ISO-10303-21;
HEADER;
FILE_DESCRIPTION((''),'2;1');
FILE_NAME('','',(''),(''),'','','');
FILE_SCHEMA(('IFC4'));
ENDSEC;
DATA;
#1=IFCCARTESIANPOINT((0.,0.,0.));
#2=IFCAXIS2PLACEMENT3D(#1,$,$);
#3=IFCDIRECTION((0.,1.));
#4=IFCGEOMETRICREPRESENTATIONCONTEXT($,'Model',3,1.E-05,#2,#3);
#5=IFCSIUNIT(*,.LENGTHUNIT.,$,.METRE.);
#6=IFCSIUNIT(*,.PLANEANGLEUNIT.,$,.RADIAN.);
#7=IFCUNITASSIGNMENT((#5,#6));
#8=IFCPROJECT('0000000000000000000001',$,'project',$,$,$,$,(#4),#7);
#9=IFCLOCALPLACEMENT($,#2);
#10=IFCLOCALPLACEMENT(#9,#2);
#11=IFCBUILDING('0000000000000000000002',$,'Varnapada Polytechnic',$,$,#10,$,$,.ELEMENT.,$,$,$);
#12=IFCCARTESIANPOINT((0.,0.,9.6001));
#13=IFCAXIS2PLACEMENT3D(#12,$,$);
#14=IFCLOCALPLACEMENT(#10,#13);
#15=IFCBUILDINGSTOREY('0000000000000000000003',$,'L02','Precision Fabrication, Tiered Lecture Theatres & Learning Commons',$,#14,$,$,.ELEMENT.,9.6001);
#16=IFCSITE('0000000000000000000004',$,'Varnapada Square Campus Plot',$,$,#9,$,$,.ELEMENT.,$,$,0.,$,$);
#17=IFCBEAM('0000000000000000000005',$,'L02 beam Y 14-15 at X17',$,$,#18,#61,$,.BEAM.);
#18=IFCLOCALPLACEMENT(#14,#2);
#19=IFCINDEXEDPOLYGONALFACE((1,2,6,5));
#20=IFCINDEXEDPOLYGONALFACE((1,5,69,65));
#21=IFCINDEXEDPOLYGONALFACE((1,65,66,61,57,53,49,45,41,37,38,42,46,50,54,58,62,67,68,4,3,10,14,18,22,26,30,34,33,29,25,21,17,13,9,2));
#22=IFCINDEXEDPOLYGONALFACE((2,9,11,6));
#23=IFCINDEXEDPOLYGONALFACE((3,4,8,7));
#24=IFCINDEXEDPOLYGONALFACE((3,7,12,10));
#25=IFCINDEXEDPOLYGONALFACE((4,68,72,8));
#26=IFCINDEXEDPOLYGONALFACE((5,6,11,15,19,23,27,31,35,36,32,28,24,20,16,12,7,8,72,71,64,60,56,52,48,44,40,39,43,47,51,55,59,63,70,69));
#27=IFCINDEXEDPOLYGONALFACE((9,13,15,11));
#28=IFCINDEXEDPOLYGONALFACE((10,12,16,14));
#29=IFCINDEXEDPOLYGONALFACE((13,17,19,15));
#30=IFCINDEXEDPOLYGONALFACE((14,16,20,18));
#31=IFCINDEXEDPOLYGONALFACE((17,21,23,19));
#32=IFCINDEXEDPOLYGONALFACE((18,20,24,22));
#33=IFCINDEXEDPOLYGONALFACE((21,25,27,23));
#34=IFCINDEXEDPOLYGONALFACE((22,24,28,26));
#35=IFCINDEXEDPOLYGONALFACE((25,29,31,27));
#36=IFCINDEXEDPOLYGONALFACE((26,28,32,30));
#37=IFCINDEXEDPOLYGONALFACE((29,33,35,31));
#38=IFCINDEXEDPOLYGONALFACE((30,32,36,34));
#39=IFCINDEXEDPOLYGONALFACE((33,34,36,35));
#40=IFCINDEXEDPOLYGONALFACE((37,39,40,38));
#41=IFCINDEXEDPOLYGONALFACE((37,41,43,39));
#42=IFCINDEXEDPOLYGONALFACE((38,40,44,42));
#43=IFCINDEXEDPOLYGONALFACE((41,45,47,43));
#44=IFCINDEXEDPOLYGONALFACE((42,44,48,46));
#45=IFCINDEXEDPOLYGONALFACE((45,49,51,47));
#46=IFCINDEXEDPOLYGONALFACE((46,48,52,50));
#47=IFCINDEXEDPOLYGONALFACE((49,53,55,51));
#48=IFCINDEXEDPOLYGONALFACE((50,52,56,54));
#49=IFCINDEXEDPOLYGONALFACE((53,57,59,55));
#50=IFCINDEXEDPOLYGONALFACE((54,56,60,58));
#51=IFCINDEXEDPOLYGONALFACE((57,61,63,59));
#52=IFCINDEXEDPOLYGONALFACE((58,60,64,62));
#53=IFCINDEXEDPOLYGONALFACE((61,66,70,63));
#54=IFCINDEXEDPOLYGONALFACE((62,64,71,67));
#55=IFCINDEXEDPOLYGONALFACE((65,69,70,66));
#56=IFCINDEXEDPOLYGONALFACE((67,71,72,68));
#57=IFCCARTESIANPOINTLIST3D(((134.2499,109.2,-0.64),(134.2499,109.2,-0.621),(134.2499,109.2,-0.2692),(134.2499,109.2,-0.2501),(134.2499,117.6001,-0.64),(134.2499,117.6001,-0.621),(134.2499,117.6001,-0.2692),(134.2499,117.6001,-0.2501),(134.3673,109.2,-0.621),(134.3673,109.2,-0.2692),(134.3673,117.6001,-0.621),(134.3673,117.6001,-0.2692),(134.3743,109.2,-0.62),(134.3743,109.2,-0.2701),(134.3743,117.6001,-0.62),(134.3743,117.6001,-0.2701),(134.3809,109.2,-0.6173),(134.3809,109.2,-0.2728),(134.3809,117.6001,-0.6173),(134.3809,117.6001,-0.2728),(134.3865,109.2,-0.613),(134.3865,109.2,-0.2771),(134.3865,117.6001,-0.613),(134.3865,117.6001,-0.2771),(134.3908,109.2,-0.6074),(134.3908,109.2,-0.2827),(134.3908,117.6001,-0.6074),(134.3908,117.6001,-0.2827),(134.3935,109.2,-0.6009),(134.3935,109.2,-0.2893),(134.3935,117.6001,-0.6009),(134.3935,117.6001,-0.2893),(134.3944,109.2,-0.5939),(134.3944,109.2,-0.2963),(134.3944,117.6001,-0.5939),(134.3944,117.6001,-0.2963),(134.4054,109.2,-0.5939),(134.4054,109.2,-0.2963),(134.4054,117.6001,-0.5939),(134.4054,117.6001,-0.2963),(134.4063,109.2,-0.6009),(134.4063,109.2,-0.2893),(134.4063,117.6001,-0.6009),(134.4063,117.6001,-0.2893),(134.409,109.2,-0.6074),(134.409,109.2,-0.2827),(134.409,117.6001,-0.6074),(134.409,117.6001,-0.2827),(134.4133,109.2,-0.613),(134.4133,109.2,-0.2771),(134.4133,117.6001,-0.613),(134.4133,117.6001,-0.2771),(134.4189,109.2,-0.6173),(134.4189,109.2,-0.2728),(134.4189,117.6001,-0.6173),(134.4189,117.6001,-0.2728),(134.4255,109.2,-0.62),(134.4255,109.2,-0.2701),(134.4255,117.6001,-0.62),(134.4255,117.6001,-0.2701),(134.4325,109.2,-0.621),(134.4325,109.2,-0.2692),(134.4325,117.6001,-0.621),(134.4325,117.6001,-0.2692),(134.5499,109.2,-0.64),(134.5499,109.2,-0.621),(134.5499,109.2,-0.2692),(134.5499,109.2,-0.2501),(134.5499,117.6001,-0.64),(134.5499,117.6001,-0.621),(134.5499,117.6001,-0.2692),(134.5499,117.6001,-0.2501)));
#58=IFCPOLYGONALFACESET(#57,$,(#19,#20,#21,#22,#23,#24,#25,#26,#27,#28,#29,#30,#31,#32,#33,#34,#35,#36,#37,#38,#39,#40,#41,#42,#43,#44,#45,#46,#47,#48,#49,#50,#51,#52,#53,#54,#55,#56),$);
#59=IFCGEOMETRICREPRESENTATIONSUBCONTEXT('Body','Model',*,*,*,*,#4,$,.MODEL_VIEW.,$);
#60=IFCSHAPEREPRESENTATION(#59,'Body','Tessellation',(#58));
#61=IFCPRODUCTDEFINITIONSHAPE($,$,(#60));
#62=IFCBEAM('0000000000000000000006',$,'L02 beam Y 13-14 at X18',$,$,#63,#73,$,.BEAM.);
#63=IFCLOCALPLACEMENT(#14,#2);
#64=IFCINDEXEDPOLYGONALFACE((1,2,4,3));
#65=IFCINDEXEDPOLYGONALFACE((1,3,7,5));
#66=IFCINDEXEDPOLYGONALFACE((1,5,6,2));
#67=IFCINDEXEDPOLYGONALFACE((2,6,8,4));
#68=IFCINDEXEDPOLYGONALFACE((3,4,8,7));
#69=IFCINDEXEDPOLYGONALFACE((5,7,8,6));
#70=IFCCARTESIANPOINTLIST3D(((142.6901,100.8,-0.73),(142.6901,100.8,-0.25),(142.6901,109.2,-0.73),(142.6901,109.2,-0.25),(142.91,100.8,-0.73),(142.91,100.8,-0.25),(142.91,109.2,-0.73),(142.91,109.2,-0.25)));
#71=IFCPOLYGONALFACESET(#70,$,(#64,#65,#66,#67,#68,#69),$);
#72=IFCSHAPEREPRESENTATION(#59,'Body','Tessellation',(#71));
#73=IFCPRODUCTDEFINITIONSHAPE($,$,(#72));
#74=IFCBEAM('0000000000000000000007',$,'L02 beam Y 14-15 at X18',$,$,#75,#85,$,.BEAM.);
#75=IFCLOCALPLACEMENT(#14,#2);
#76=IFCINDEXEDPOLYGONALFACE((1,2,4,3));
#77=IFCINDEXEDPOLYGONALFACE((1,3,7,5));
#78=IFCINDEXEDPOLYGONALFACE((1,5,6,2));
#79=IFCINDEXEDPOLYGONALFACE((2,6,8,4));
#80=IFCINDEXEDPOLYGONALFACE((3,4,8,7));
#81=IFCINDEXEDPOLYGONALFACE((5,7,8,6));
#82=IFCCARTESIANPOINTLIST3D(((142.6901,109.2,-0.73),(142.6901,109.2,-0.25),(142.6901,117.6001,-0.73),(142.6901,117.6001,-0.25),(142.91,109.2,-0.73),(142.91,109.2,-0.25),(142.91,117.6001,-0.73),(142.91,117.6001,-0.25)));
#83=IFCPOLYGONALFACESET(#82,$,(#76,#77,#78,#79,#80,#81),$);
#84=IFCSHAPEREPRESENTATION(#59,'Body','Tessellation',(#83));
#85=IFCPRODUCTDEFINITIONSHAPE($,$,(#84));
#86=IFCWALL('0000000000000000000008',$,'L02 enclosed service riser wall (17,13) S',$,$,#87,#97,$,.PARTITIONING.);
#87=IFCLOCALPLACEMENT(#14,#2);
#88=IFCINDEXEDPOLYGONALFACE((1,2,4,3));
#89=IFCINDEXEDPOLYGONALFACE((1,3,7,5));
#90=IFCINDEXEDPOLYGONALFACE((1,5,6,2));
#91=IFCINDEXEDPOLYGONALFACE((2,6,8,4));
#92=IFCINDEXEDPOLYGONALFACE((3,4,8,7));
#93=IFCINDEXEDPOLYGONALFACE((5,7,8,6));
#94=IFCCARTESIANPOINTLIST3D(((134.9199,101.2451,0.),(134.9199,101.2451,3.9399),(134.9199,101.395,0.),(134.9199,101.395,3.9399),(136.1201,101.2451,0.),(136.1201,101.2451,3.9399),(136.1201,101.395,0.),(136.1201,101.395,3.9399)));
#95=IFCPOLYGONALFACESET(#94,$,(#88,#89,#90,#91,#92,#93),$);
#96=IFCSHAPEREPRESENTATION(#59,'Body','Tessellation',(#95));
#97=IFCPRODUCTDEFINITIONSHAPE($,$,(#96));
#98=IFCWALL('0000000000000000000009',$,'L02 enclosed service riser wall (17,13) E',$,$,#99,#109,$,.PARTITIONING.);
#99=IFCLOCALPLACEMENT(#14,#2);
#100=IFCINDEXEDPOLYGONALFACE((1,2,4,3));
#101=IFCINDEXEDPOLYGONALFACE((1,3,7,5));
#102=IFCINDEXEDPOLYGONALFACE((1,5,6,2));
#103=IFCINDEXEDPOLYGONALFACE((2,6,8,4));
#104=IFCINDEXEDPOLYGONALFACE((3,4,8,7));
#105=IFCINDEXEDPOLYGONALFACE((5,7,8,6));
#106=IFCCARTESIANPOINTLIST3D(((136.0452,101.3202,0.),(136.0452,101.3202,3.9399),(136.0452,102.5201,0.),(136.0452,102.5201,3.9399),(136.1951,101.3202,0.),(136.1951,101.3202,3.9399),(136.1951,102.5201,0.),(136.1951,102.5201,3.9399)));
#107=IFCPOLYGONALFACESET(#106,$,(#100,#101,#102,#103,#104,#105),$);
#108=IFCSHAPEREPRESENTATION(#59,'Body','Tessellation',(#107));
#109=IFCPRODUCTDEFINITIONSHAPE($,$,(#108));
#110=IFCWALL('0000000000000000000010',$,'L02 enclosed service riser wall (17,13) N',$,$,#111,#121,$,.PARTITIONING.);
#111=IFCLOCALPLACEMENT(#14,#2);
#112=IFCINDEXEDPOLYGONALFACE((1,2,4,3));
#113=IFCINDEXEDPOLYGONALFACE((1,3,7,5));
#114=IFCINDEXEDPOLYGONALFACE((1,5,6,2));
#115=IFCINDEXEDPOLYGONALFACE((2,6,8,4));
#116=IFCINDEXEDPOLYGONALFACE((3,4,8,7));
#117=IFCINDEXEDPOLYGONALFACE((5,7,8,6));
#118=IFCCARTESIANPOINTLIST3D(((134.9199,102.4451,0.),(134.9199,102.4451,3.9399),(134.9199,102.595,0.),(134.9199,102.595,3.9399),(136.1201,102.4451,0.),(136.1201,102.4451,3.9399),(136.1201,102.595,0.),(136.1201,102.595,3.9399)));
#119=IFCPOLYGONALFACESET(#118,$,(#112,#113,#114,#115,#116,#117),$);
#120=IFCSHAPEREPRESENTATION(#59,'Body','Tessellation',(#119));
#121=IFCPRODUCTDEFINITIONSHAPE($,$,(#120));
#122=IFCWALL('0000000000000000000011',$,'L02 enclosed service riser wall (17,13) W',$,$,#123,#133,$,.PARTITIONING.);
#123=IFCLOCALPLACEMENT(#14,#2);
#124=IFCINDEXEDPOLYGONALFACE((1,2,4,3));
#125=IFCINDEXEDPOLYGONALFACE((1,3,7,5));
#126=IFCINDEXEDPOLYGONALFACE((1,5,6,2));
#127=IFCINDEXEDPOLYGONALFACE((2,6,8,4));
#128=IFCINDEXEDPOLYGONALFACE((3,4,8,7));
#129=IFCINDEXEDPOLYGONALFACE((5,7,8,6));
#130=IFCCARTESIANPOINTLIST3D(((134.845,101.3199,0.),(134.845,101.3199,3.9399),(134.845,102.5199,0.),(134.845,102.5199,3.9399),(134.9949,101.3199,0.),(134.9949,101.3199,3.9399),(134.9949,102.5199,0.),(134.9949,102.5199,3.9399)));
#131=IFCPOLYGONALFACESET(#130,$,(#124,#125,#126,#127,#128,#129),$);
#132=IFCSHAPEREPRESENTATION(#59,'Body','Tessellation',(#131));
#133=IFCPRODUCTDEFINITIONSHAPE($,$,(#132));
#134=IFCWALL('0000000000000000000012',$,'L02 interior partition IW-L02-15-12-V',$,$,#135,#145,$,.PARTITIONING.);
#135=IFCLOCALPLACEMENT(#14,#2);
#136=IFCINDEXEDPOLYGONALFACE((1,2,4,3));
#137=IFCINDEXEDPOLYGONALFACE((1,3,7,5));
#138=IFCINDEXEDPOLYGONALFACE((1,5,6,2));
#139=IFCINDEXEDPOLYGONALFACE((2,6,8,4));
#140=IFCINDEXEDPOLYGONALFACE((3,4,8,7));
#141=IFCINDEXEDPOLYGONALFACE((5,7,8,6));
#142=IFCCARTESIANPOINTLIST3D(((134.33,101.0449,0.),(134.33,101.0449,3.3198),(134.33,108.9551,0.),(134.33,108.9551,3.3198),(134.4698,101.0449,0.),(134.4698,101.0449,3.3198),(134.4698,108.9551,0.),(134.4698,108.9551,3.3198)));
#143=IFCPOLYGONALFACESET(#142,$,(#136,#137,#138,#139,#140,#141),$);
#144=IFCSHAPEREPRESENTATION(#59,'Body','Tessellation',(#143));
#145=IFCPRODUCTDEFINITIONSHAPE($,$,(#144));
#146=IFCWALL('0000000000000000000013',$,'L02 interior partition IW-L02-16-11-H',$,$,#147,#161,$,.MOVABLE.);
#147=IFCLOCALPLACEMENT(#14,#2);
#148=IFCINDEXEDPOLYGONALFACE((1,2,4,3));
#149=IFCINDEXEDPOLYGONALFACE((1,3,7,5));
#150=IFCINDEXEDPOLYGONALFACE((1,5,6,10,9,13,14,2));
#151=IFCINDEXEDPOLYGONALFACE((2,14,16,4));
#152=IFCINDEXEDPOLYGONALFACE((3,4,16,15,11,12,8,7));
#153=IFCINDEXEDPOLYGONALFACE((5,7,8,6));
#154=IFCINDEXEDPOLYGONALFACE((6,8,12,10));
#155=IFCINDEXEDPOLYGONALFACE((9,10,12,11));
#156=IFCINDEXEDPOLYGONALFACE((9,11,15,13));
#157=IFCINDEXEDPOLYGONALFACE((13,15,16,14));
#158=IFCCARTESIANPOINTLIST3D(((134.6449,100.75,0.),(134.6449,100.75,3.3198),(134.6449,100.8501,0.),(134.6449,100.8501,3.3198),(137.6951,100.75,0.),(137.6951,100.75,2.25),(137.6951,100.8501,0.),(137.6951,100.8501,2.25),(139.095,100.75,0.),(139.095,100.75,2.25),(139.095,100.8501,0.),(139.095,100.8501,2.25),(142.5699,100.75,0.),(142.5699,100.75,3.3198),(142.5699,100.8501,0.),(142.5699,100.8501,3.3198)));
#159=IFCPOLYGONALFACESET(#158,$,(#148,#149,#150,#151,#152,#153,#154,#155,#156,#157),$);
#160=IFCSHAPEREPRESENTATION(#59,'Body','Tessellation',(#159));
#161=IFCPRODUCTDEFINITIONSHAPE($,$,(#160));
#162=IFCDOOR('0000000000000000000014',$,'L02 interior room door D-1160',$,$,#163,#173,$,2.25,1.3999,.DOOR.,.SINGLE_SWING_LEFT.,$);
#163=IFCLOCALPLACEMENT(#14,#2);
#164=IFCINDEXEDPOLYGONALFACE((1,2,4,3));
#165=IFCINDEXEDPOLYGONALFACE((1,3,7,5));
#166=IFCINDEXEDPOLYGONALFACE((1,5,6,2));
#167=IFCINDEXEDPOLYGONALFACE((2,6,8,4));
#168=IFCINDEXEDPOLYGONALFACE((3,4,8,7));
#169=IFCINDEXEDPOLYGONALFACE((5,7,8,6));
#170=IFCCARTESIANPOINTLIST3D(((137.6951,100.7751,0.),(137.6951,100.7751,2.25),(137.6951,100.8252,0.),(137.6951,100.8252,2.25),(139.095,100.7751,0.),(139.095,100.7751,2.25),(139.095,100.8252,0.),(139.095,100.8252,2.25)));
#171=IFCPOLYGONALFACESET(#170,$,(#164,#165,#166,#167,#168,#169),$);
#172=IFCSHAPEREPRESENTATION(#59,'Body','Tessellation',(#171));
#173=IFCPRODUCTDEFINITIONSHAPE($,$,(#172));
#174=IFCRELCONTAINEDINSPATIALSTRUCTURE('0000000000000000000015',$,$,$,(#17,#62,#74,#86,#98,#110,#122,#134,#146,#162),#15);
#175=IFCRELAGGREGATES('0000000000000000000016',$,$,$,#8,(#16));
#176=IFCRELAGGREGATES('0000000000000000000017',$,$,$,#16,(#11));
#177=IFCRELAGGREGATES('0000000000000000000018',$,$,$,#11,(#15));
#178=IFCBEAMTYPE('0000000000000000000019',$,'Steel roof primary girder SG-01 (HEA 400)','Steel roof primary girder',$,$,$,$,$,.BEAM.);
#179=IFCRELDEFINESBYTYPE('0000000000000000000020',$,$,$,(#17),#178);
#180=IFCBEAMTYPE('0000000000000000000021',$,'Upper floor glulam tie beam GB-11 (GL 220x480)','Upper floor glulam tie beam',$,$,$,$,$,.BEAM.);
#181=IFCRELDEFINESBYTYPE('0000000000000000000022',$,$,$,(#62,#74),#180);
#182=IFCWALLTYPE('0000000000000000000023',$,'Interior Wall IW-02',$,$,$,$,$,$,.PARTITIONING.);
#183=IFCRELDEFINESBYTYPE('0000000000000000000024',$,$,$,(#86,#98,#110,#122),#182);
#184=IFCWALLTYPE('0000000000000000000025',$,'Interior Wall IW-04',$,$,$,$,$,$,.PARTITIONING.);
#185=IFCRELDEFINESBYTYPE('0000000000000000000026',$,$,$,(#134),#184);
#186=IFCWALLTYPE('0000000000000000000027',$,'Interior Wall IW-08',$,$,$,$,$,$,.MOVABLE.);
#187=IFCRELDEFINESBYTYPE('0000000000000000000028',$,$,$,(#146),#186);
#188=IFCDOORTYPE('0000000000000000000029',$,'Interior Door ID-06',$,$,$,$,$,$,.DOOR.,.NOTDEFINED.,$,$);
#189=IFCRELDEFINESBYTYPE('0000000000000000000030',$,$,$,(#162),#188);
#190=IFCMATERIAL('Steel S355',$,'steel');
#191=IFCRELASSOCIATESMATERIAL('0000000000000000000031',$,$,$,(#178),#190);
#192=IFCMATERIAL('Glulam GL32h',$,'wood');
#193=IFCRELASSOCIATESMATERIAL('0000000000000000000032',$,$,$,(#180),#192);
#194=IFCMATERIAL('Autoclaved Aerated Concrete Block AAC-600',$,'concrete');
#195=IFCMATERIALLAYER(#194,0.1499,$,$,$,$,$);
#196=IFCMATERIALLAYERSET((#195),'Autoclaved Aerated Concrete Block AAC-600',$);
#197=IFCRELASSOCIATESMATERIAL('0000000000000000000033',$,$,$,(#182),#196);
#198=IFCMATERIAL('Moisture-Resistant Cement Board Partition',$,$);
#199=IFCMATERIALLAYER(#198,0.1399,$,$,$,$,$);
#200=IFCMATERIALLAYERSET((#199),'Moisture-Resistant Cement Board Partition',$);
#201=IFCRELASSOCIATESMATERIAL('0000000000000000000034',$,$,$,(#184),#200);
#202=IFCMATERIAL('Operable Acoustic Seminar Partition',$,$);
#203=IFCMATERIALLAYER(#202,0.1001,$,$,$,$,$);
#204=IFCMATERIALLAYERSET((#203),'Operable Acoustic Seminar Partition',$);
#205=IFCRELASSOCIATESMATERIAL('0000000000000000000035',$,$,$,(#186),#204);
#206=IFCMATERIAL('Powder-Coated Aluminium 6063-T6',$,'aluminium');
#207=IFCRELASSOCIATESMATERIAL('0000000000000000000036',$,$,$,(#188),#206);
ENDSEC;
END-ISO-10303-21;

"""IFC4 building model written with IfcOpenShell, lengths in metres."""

from ifc_helpers import new_model, si_unit, direction, frame, frame_2d, origin, origin_2d, place, context, subcontext, project, spatial, rectangle, i_section, extrude, material, layer, layer_set, material_profile, profile_set, type_object, element, fill, save


model = new_model("IFC4")

# Units and contexts
model_context = context("Model", 3, precision=1e-05, world=origin(), true_north=direction((0.0, 1.0)))
body_context = subcontext(model_context, "Body", "Model", "MODEL_VIEW")
ifc_project = project(units=[si_unit("LENGTHUNIT", "METRE"), si_unit("PLANEANGLEUNIT", "RADIAN")], contexts=[model_context])

# Site, building, storey
site_placement = place(None, origin())
site = spatial("IfcSite", under=ifc_project, at=site_placement, Name="Varnapada Square Campus Plot", CompositionType="ELEMENT", RefElevation=0.0)
building_placement = place(site_placement, origin())
building = spatial("IfcBuilding", under=site, at=building_placement, Name="Varnapada Polytechnic", CompositionType="ELEMENT")
storey_placement = place(building_placement, frame((0.0, 0.0, 9.6001)))
storey = spatial("IfcBuildingStorey", under=building, at=storey_placement, Name="L02", Description="Precision Fabrication, Tiered Lecture Theatres & Learning Commons", CompositionType="ELEMENT", Elevation=9.6001)

# Shared definitions
ifc_material_1 = material(Name="Steel S355", Category="steel")
ifc_material_2 = material(Name="Glulam GL32h", Category="wood")

# Beams
ifc_material_profile_1 = material_profile(ifc_material_1, i_section(OverallWidth=0.3, OverallDepth=0.3899, WebThickness=0.011, FlangeThickness=0.019, FilletRadius=0.0271, at=origin_2d()), Name="HEA 400")
ifc_profile_set_1 = profile_set([ifc_material_profile_1], Name="Steel S355")
beam_type_1 = type_object("IfcBeamType", Name="Steel roof primary girder SG-01 (HEA 400)", Description="Steel roof primary girder", PredefinedType="BEAM", material=ifc_profile_set_1)
beam_1_placement = place(storey_placement, frame((134.3999, 109.2, -0.4451), z_axis=(0.0, 1.0, 0.0), x_axis=(-1.0, 0.0, 0.0)))
element("IfcBeam", 1, at=beam_1_placement, inside=storey, type_object=beam_type_1, Name="L02 beam Y 14-15 at X17", PredefinedType="BEAM", context=body_context, shape_type="SweptSolid", body=[
    extrude(i_section(OverallWidth=0.3, OverallDepth=0.3899, WebThickness=0.011, FlangeThickness=0.019, FilletRadius=0.0271, at=origin_2d()), origin(), (0.0, 0.0, 1.0), 8.4001),
])
ifc_material_profile_2 = material_profile(ifc_material_2, rectangle(XDim=0.22, YDim=0.48, at=origin_2d()), Name="GL 220x480")
ifc_profile_set_2 = profile_set([ifc_material_profile_2], Name="Glulam GL32h")
beam_type_2 = type_object("IfcBeamType", Name="Upper floor glulam tie beam GB-11 (GL 220x480)", Description="Upper floor glulam tie beam", PredefinedType="BEAM", material=ifc_profile_set_2)
beam_2_placement = place(storey_placement, frame((142.8, 100.8, -0.49), z_axis=(0.0, 1.0, 0.0), x_axis=(-1.0, 0.0, 0.0)))
element("IfcBeam", 2, at=beam_2_placement, inside=storey, type_object=beam_type_2, Name="L02 beam Y 13-14 at X18", PredefinedType="BEAM", context=body_context, shape_type="SweptSolid", body=[
    extrude(rectangle(XDim=0.22, YDim=0.48, at=origin_2d()), origin(), (0.0, 0.0, 1.0), 8.3999),
])
beam_3_placement = place(storey_placement, frame((142.8, 109.2, -0.49), z_axis=(0.0, 1.0, 0.0), x_axis=(-1.0, 0.0, 0.0)))
element("IfcBeam", 3, at=beam_3_placement, inside=storey, type_object=beam_type_2, Name="L02 beam Y 14-15 at X18", PredefinedType="BEAM", context=body_context, shape_type="SweptSolid", body=[
    extrude(rectangle(XDim=0.22, YDim=0.48, at=origin_2d()), origin(), (0.0, 0.0, 1.0), 8.4001),
])

# Walls
ifc_material_3 = material(Name="Autoclaved Aerated Concrete Block AAC-600", Category="concrete")
ifc_layer_1 = layer(ifc_material_3, 0.1499)
ifc_layer_set_1 = layer_set([ifc_layer_1], Name="Autoclaved Aerated Concrete Block AAC-600")
wall_type_1 = type_object("IfcWallType", Name="Interior Wall IW-02", PredefinedType="PARTITIONING", material=ifc_layer_set_1)
wall_1_placement = place(storey_placement, frame((134.9199, 101.3201, 0.0), z_axis=(0.0, 0.0, 1.0), x_axis=(1.0, 0.0, 0.0)))
element("IfcWall", 4, at=wall_1_placement, inside=storey, type_object=wall_type_1, Name="L02 enclosed service riser wall (17,13) S", PredefinedType="PARTITIONING", context=body_context, shape_type="SweptSolid", body=[
    extrude(rectangle(XDim=1.2002, YDim=0.1499, at=frame_2d((0.6001, 0.0))), origin(), (0.0, 0.0, 1.0), 3.9399),
])
wall_2_placement = place(storey_placement, frame((136.1201, 101.3201, 0.0), z_axis=(0.0, 0.0, 1.0), x_axis=(0.0, 1.0, 0.0)))
element("IfcWall", 5, at=wall_2_placement, inside=storey, type_object=wall_type_1, Name="L02 enclosed service riser wall (17,13) E", PredefinedType="PARTITIONING", context=body_context, shape_type="SweptSolid", body=[
    extrude(rectangle(XDim=1.2, YDim=0.1499, at=frame_2d((0.6001, 0.0))), origin(), (0.0, 0.0, 1.0), 3.9399),
])
wall_3_placement = place(storey_placement, frame((136.1201, 102.52, 0.0), z_axis=(0.0, 0.0, 1.0), x_axis=(-1.0, 0.0, 0.0)))
element("IfcWall", 6, at=wall_3_placement, inside=storey, type_object=wall_type_1, Name="L02 enclosed service riser wall (17,13) N", PredefinedType="PARTITIONING", context=body_context, shape_type="SweptSolid", body=[
    extrude(rectangle(XDim=1.2002, YDim=0.1499, at=frame_2d((0.6001, 0.0))), origin(), (0.0, 0.0, 1.0), 3.9399),
])
wall_4_placement = place(storey_placement, frame((134.9199, 102.52, 0.0), z_axis=(0.0, 0.0, 1.0), x_axis=(0.0, -1.0, 0.0)))
element("IfcWall", 7, at=wall_4_placement, inside=storey, type_object=wall_type_1, Name="L02 enclosed service riser wall (17,13) W", PredefinedType="PARTITIONING", context=body_context, shape_type="SweptSolid", body=[
    extrude(rectangle(XDim=1.2, YDim=0.1499, at=frame_2d((0.6001, 0.0))), origin(), (0.0, 0.0, 1.0), 3.9399),
])
ifc_material_4 = material(Name="Moisture-Resistant Cement Board Partition")
ifc_layer_2 = layer(ifc_material_4, 0.1399)
ifc_layer_set_2 = layer_set([ifc_layer_2], Name="Moisture-Resistant Cement Board Partition")
wall_type_2 = type_object("IfcWallType", Name="Interior Wall IW-04", PredefinedType="PARTITIONING", material=ifc_layer_set_2)
wall_5_placement = place(storey_placement, frame((134.3999, 101.0449, 0.0), z_axis=(0.0, 0.0, 1.0), x_axis=(0.0, 1.0, 0.0)))
element("IfcWall", 8, at=wall_5_placement, inside=storey, type_object=wall_type_2, Name="L02 interior partition IW-L02-15-12-V", PredefinedType="PARTITIONING", context=body_context, shape_type="SweptSolid", body=[
    extrude(rectangle(XDim=7.9102, YDim=0.1399, at=frame_2d((3.9551, 0.0))), origin(), (0.0, 0.0, 1.0), 3.3198),
])

# Wall, opening, door
ifc_material_5 = material(Name="Operable Acoustic Seminar Partition")
ifc_layer_3 = layer(ifc_material_5, 0.1001)
ifc_layer_set_3 = layer_set([ifc_layer_3], Name="Operable Acoustic Seminar Partition")
wall_type_3 = type_object("IfcWallType", Name="Interior Wall IW-08", PredefinedType="MOVABLE", material=ifc_layer_set_3)
wall_6_placement = place(storey_placement, frame((134.645, 100.8, 0.0), z_axis=(0.0, 0.0, 1.0), x_axis=(1.0, 0.0, 0.0)))
wall_6 = element("IfcWall", 9, at=wall_6_placement, inside=storey, type_object=wall_type_3, Name="L02 interior partition IW-L02-16-11-H", PredefinedType="MOVABLE", context=body_context, shape_type="SweptSolid", body=[
    extrude(rectangle(XDim=7.925, YDim=0.1001, at=frame_2d((3.9624, 0.0))), origin(), (0.0, 0.0, 1.0), 3.3198),
])
opening_1_placement = place(wall_6_placement, frame((3.05, 0.0, 0.0)))
opening_1 = element("IfcOpeningElement", 10, at=opening_1_placement, cuts=wall_6, PredefinedType="OPENING", context=body_context, shape_type="SweptSolid", body=[
    extrude(rectangle(XDim=1.3999, YDim=2.25, at=frame_2d((0.7, 1.125))), frame((0.0, 0.0601, 0.0), z_axis=(0.0, -1.0, 0.0), x_axis=(1.0, 0.0, 0.0)), (0.0, 0.0, 1.0), 0.1201),
])
ifc_material_6 = material(Name="Powder-Coated Aluminium 6063-T6", Category="aluminium")
door_type_1 = type_object("IfcDoorType", Name="Interior Door ID-06", OperationType="NOTDEFINED", PredefinedType="DOOR", material=ifc_material_6)
door_1_placement = place(opening_1_placement, frame((1.3999, 0.0, 0.0), z_axis=(0.0, 0.0, 1.0), x_axis=(-1.0, 0.0, 0.0)))
door_1 = element("IfcDoor", 11, at=door_1_placement, inside=storey, type_object=door_type_1, Name="L02 interior room door D-1160", OperationType="SINGLE_SWING_LEFT", OverallHeight=2.25, OverallWidth=1.3999, PredefinedType="DOOR", context=body_context, shape_type="SweptSolid", body=[
    extrude(rectangle(XDim=1.3999, YDim=2.25, at=frame_2d((0.7, 1.125))), frame((0.0, 0.0249, 0.0), z_axis=(0.0, -1.0, 0.0), x_axis=(1.0, 0.0, 0.0)), (0.0, 0.0, 1.0), 0.05),
])
fill(opening_1, door_1)

save(model, "model.ifc")
